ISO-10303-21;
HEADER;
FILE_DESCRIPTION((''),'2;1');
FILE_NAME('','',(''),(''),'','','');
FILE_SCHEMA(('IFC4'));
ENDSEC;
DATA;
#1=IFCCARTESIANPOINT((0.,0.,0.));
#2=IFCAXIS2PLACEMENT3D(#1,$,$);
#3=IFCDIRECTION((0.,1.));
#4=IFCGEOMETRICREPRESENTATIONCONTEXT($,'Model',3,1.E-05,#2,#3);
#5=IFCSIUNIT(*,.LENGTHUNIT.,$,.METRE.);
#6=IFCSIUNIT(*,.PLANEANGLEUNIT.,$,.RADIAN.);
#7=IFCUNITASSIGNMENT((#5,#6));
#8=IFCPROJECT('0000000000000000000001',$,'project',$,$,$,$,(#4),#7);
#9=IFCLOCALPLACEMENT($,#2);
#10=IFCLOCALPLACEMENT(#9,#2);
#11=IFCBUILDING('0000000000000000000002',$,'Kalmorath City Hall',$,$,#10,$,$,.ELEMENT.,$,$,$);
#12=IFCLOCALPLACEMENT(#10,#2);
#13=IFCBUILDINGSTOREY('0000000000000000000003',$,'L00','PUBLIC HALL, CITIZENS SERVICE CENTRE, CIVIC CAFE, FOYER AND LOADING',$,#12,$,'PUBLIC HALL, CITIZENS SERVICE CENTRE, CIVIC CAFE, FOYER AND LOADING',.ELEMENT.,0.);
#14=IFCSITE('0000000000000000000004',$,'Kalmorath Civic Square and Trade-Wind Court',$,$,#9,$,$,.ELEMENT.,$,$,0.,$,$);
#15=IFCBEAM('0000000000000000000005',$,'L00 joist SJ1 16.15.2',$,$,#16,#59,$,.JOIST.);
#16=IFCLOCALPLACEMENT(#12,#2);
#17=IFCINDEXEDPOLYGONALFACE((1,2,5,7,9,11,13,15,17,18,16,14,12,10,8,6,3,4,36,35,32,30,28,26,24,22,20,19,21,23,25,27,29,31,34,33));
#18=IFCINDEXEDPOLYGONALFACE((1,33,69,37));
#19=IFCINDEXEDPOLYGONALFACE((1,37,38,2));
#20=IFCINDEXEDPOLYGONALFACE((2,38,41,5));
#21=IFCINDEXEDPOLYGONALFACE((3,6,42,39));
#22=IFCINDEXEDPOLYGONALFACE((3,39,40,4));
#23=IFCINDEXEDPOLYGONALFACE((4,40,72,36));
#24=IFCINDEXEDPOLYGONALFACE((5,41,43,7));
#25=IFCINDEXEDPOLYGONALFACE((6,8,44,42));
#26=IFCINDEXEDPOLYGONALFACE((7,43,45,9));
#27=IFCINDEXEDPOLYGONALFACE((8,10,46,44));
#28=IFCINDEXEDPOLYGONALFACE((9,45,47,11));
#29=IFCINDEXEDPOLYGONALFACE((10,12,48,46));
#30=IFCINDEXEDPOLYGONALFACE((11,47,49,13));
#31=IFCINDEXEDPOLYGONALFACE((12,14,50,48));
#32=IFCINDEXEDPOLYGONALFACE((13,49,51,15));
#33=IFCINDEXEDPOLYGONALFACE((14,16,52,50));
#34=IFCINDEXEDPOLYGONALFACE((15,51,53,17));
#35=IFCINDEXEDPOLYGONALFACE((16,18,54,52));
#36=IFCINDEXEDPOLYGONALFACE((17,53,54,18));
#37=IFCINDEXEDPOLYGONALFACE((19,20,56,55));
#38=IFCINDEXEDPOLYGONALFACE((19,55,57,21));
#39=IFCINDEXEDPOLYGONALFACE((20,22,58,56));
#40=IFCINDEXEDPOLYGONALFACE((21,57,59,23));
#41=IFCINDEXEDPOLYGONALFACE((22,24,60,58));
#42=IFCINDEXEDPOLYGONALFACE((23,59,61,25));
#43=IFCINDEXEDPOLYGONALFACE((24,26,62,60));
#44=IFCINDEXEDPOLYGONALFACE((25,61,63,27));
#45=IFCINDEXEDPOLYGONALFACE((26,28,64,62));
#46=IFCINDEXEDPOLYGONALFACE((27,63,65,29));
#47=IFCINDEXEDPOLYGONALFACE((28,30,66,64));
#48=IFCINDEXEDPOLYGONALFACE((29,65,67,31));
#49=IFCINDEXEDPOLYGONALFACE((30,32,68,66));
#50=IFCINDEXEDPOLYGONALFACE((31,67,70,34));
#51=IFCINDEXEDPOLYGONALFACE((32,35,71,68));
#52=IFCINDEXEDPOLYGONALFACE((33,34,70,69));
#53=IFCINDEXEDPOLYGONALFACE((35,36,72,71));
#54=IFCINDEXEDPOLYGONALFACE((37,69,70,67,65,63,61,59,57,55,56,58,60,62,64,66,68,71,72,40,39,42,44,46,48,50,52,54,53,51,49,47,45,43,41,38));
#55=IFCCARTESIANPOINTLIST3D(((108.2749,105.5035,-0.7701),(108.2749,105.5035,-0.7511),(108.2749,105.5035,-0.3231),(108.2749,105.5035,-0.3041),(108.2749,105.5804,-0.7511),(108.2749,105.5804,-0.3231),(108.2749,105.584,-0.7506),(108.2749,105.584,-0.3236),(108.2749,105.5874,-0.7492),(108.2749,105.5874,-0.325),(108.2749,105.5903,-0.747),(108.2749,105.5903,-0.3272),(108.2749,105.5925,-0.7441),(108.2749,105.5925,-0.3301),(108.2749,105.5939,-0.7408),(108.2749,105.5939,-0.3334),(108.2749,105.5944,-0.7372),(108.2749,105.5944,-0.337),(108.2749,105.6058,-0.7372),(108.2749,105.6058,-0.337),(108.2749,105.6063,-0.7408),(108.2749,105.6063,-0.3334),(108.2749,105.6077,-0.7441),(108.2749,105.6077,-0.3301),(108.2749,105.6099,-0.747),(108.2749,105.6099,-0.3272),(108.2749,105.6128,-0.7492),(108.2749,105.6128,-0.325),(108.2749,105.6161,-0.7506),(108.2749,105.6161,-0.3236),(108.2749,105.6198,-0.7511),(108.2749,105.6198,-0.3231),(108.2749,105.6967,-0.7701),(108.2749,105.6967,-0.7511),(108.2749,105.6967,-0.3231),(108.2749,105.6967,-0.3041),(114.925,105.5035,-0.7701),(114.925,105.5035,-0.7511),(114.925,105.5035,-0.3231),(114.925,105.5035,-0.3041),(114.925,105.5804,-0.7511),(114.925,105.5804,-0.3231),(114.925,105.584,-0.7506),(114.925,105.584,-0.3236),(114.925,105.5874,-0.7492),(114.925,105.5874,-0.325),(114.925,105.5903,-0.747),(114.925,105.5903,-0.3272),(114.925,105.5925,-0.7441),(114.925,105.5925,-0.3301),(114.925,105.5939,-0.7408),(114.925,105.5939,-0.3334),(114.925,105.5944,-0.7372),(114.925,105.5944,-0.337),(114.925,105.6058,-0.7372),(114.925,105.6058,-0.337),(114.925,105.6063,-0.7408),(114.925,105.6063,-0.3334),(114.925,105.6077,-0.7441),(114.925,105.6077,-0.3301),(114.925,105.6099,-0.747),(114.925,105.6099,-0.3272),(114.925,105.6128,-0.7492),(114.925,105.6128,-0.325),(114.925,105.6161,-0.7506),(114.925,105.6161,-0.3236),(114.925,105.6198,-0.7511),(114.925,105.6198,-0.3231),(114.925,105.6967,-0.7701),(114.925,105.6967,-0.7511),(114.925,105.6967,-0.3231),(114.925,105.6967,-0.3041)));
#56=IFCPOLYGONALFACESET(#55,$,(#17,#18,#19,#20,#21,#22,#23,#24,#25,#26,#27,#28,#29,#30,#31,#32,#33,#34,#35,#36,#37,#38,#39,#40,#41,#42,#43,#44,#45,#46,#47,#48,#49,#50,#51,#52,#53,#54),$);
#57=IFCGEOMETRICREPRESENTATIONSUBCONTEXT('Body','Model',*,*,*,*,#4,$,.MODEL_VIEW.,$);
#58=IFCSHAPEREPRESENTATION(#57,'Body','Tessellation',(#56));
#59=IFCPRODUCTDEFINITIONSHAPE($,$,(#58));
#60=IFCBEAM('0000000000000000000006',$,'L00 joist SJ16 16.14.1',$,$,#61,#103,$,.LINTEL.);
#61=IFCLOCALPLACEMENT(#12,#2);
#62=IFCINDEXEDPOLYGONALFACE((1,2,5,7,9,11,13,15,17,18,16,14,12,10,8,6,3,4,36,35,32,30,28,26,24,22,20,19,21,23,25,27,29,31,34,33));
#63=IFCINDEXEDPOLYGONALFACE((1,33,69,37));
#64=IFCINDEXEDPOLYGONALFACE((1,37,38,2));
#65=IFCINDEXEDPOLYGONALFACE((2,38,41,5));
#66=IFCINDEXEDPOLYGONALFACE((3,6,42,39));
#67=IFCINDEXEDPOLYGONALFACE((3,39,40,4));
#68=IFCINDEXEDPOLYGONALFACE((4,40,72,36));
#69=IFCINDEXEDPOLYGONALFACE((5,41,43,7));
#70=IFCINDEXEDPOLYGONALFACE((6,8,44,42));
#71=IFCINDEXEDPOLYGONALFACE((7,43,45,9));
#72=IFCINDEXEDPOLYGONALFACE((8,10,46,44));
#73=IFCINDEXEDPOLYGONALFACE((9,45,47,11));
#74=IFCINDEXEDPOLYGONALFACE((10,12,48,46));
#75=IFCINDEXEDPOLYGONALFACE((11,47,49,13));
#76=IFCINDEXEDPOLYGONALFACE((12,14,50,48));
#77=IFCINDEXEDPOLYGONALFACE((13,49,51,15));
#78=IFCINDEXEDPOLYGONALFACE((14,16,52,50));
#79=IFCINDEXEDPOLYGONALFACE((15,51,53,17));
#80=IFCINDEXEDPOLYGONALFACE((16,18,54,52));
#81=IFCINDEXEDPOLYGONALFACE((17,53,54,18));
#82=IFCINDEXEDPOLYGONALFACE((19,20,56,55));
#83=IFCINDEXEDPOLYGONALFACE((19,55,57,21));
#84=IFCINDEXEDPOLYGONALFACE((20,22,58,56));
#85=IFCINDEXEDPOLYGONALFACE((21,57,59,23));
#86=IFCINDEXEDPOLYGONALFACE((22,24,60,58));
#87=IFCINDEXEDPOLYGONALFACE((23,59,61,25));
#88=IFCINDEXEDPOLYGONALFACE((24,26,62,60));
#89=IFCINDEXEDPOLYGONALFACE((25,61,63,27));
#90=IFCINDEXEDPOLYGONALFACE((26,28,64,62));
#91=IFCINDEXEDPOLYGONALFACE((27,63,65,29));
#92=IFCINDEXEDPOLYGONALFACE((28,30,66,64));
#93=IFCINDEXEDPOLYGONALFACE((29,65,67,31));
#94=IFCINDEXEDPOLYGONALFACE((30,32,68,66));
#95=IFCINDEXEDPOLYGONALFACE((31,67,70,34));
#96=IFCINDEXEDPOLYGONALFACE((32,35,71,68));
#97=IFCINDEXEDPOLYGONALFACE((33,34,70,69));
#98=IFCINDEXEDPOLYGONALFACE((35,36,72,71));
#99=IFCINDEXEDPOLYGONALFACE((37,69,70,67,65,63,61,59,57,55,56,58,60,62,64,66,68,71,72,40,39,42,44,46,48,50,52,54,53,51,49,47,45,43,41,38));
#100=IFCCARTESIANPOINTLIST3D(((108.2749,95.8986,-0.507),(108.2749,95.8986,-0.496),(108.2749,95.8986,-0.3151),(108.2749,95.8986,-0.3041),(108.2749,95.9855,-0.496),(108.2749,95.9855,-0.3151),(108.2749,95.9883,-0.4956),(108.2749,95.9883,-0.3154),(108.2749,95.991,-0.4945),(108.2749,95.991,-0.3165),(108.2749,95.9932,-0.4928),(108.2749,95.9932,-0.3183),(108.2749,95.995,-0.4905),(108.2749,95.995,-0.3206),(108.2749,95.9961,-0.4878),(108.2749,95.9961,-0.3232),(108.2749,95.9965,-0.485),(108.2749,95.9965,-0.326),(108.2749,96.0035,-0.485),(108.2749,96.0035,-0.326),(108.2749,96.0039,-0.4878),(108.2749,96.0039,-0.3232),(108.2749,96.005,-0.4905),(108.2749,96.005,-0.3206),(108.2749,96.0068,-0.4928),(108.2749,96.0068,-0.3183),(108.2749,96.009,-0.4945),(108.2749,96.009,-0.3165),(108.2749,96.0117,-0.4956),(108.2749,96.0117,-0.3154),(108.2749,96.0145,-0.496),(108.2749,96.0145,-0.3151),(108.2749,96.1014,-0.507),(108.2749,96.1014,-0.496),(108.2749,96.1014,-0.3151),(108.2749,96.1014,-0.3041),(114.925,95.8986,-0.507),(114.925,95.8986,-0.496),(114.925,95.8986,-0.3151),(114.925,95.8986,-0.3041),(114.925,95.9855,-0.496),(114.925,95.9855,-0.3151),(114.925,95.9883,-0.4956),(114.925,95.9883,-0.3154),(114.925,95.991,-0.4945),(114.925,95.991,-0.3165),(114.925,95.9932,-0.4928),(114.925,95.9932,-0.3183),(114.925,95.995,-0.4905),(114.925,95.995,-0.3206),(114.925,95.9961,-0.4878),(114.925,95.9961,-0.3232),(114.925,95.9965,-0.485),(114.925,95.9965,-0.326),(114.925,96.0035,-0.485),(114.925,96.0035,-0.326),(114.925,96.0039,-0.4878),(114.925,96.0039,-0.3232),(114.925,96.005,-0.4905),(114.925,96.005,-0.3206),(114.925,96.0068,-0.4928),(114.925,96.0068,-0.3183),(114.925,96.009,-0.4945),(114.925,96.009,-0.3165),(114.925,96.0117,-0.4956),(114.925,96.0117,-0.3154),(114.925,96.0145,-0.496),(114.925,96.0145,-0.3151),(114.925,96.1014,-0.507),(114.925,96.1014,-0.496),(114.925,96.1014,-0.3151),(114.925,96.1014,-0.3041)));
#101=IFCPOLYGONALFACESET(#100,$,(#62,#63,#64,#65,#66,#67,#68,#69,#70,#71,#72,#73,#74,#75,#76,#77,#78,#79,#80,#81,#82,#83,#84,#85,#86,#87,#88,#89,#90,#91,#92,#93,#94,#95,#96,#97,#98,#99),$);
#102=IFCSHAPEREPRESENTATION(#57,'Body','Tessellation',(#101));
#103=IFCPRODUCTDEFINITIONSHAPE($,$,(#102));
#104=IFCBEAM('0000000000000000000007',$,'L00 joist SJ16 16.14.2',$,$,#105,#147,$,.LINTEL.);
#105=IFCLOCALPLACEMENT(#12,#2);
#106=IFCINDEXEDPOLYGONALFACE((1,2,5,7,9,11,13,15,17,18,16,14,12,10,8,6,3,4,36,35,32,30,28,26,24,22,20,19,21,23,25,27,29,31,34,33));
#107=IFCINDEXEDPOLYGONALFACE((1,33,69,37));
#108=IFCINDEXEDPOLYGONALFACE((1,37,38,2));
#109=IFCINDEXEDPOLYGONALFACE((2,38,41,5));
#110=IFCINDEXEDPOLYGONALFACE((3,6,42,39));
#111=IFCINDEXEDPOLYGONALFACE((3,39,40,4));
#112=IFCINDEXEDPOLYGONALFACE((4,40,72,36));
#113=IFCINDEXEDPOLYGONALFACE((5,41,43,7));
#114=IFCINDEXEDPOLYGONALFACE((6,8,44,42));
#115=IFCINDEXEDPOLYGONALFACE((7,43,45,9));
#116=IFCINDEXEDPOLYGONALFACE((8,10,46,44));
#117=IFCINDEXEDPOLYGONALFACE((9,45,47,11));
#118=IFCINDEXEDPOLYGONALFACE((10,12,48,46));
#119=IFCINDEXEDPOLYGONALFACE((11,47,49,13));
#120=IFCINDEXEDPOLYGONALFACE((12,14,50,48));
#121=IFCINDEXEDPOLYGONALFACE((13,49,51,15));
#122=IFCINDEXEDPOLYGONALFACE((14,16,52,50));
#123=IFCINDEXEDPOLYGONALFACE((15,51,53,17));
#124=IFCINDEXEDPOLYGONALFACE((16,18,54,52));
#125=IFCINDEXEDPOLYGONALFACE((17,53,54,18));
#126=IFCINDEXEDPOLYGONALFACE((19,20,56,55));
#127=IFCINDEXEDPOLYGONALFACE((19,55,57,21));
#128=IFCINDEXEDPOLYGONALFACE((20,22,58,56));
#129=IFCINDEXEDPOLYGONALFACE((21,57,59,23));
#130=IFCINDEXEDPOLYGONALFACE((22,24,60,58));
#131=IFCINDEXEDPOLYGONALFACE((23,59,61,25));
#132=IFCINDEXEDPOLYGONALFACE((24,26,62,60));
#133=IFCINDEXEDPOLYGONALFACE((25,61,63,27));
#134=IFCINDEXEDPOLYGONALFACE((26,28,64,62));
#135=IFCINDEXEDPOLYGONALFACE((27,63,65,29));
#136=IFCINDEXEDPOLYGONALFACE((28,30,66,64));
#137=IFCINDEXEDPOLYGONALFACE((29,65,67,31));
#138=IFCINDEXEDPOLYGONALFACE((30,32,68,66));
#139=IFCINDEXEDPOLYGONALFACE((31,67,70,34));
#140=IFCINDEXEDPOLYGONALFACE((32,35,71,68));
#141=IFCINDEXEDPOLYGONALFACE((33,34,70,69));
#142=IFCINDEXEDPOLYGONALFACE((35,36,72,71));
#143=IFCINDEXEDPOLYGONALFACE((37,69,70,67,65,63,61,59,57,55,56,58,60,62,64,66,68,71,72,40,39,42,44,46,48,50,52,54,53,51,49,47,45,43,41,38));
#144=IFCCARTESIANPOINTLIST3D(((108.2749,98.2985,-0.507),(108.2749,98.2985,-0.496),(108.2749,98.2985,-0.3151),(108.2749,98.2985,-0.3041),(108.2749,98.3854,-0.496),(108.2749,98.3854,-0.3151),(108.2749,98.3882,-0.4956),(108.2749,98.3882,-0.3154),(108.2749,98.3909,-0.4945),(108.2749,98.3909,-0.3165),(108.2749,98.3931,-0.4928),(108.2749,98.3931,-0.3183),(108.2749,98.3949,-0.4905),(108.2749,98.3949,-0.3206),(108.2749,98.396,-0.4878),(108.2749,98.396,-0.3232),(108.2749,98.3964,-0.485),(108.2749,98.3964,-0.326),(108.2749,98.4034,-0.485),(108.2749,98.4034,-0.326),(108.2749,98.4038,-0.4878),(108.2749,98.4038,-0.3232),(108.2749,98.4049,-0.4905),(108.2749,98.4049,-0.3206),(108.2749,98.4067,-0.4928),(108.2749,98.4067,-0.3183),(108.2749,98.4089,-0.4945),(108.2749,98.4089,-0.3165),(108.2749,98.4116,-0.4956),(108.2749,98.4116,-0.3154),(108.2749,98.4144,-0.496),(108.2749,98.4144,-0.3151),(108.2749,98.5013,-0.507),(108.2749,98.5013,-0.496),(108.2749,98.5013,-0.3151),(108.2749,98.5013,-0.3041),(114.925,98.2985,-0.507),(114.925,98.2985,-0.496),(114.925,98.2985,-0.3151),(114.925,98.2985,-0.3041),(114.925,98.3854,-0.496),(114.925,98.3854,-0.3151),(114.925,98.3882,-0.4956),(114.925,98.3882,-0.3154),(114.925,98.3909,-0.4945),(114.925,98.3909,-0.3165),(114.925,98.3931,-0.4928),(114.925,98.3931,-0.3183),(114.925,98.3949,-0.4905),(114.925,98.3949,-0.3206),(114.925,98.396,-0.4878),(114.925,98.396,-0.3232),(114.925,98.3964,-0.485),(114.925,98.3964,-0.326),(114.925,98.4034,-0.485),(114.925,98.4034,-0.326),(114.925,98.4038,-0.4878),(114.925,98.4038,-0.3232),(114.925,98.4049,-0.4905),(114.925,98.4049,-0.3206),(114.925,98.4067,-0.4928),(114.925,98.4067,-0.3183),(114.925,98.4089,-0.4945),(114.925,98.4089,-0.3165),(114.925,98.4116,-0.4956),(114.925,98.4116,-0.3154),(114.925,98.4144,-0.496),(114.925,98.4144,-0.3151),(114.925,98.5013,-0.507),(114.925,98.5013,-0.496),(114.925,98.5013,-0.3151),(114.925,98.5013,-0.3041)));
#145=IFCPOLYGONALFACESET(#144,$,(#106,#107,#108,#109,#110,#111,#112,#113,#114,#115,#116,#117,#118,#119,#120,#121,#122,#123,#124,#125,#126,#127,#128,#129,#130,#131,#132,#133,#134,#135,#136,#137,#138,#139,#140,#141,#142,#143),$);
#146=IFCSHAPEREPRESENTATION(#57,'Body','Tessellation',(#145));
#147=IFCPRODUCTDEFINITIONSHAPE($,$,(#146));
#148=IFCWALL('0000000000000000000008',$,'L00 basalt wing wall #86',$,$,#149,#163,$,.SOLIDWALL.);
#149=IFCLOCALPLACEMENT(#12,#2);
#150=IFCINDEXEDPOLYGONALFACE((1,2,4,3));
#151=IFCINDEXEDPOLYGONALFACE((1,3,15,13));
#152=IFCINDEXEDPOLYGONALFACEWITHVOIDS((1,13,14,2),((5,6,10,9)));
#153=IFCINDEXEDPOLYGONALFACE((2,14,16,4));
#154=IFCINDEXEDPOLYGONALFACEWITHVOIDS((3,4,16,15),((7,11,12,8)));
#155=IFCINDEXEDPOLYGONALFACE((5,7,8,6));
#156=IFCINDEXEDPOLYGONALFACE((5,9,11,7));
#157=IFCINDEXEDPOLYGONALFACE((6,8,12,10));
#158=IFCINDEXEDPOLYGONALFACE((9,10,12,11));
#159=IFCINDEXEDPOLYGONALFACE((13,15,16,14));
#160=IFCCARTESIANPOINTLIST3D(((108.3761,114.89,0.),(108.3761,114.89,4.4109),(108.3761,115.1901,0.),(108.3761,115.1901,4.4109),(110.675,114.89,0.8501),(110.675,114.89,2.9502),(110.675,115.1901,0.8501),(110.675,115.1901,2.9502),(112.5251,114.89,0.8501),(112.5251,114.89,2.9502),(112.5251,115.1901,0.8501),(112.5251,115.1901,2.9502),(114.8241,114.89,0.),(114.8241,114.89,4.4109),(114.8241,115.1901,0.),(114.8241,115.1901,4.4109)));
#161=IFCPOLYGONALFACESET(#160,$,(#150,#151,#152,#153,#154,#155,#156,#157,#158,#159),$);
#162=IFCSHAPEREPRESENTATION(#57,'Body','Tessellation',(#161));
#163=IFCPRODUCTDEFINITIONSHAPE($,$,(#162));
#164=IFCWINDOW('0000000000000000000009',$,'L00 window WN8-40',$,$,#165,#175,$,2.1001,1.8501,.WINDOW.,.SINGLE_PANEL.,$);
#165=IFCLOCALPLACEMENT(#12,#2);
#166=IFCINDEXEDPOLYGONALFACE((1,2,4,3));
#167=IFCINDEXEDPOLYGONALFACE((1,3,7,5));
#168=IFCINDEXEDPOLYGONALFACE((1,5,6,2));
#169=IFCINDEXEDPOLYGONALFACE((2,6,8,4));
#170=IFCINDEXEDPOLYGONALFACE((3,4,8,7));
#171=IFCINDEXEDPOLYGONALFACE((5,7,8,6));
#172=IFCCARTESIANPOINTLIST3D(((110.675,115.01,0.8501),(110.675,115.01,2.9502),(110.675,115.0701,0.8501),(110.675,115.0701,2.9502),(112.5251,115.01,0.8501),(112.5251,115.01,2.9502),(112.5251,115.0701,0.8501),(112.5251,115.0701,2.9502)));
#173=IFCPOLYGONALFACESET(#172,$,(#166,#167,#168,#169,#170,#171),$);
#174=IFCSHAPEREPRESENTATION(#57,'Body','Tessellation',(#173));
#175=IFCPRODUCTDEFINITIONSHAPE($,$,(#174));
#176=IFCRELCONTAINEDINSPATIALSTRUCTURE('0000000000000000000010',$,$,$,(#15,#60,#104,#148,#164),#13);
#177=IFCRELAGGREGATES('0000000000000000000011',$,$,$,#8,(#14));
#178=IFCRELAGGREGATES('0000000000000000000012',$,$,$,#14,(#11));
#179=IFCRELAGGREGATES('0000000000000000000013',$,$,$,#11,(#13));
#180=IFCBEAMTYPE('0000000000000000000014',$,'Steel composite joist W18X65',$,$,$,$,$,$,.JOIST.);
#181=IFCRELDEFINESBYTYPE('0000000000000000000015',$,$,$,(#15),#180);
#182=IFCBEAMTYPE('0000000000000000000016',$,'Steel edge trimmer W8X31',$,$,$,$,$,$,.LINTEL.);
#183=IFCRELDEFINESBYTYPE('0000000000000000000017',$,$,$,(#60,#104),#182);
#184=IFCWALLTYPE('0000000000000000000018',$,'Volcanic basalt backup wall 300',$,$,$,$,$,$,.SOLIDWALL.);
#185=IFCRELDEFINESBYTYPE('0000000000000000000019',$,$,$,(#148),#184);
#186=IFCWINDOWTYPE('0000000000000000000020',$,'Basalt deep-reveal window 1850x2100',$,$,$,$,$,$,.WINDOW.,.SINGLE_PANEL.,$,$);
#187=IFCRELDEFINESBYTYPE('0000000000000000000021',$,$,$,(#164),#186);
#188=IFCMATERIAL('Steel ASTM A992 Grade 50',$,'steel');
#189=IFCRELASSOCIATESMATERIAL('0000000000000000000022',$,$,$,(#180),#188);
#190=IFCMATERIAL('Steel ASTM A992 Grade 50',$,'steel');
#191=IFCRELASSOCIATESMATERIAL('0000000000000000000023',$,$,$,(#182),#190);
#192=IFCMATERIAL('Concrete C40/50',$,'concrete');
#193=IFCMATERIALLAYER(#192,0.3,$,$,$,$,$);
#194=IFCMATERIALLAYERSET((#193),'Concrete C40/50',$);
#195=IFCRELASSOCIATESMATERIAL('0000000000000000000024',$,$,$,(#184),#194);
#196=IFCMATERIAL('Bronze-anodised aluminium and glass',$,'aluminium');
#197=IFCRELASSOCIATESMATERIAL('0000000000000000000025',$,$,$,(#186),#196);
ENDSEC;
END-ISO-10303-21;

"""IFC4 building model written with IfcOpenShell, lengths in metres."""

from ifc_helpers import new_model, si_unit, direction, frame, frame_2d, origin, origin_2d, place, context, subcontext, project, spatial, rectangle, i_section, extrude, material, layer, layer_set, material_profile, profile_set, type_object, element, fill, save


model = new_model("IFC4")

# Units and contexts
model_context = context("Model", 3, precision=1e-05, world=origin(), true_north=direction((0.0, 1.0)))
body_context = subcontext(model_context, "Body", "Model", "MODEL_VIEW")
ifc_project = project(units=[si_unit("LENGTHUNIT", "METRE"), si_unit("PLANEANGLEUNIT", "RADIAN")], contexts=[model_context])

# Site, building, storey
site_placement = place(None, origin())
site = spatial("IfcSite", under=ifc_project, at=site_placement, Name="Kalmorath Civic Square and Trade-Wind Court", CompositionType="ELEMENT", RefElevation=0.0)
building_placement = place(site_placement, origin())
building = spatial("IfcBuilding", under=site, at=building_placement, Name="Kalmorath City Hall", CompositionType="ELEMENT")
storey_placement = place(building_placement, origin())
storey = spatial("IfcBuildingStorey", under=building, at=storey_placement, Name="L00", Description="PUBLIC HALL, CITIZENS SERVICE CENTRE, CIVIC CAFE, FOYER AND LOADING", LongName="PUBLIC HALL, CITIZENS SERVICE CENTRE, CIVIC CAFE, FOYER AND LOADING", CompositionType="ELEMENT", Elevation=0.0)

# Beams
ifc_material_1 = material(Name="Steel ASTM A992 Grade 50", Category="steel")
ifc_material_profile_1 = material_profile(ifc_material_1, i_section(OverallWidth=0.1931, OverallDepth=0.4661, WebThickness=0.0115, FlangeThickness=0.019, FilletRadius=0.0139, at=origin_2d()), Name="W18X65")
ifc_profile_set_1 = profile_set([ifc_material_profile_1], Name="Steel ASTM A992 Grade 50")
beam_type_1 = type_object("IfcBeamType", Name="Steel composite joist W18X65", PredefinedType="JOIST", material=ifc_profile_set_1)
for number, where, z_axis, x_axis, name in (
    (1, (108.2749, 105.6001, -0.5371), (1.0, 0.0, 0.0), (0.0, 1.0, 0.0), "L00 joist SJ1 16.15.2"),
):
    element("IfcBeam", number, at=place(storey_placement, frame(where, z_axis=z_axis, x_axis=x_axis)), inside=storey, type_object=beam_type_1, Name=name, PredefinedType="JOIST", context=body_context, shape_type="SweptSolid", body=[
        extrude(i_section(OverallWidth=0.1931, OverallDepth=0.4661, WebThickness=0.0115, FlangeThickness=0.019, FilletRadius=0.0139, at=origin_2d()), origin(), (0.0, 0.0, 1.0), 6.6501),
    ])
ifc_material_2 = material(Name="Steel ASTM A992 Grade 50", Category="steel")
ifc_material_profile_2 = material_profile(ifc_material_2, i_section(OverallWidth=0.2029, OverallDepth=0.2029, WebThickness=0.0071, FlangeThickness=0.011, FilletRadius=0.011, at=origin_2d()), Name="W8X31")
ifc_profile_set_2 = profile_set([ifc_material_profile_2], Name="Steel ASTM A992 Grade 50")
beam_type_2 = type_object("IfcBeamType", Name="Steel edge trimmer W8X31", PredefinedType="LINTEL", material=ifc_profile_set_2)
for number, where, z_axis, x_axis, name in (
    (2, (108.2749, 96.0, -0.4055), (1.0, 0.0, 0.0), (0.0, 1.0, 0.0), "L00 joist SJ16 16.14.1"),
    (3, (108.2749, 98.3999, -0.4055), (1.0, 0.0, 0.0), (0.0, 1.0, 0.0), "L00 joist SJ16 16.14.2"),
):
    element("IfcBeam", number, at=place(storey_placement, frame(where, z_axis=z_axis, x_axis=x_axis)), inside=storey, type_object=beam_type_2, Name=name, PredefinedType="LINTEL", context=body_context, shape_type="SweptSolid", body=[
        extrude(i_section(OverallWidth=0.2029, OverallDepth=0.2029, WebThickness=0.0071, FlangeThickness=0.011, FilletRadius=0.011, at=origin_2d()), origin(), (0.0, 0.0, 1.0), 6.6501),
    ])

# Wall, opening, window
ifc_material_3 = material(Name="Concrete C40/50", Category="concrete")
ifc_layer_1 = layer(ifc_material_3, 0.3)
ifc_layer_set_1 = layer_set([ifc_layer_1], Name="Concrete C40/50")
wall_type = type_object("IfcWallType", Name="Volcanic basalt backup wall 300", PredefinedType="SOLIDWALL", material=ifc_layer_set_1)
wall_placement = place(storey_placement, frame((108.376, 115.04, 0.0), z_axis=(0.0, 0.0, 1.0), x_axis=(1.0, 0.0, 0.0)))
wall = element("IfcWall", 4, at=wall_placement, inside=storey, type_object=wall_type, Name="L00 basalt wing wall #86", PredefinedType="SOLIDWALL", context=body_context, shape_type="SweptSolid", body=[
    extrude(rectangle(XDim=6.448, YDim=0.3, at=frame_2d((3.2241, 0.0))), origin(), (0.0, 0.0, 1.0), 4.4109),
])
opening_placement = place(wall_placement, frame((2.2991, 0.0, 0.8501)))
opening = element("IfcOpeningElement", 5, at=opening_placement, cuts=wall, PredefinedType="OPENING", context=body_context, shape_type="SweptSolid", body=[
    extrude(rectangle(XDim=1.8501, YDim=2.1001, at=frame_2d((0.925, 1.05))), frame((0.0, 0.1599, 0.0), z_axis=(0.0, -1.0, 0.0), x_axis=(1.0, 0.0, 0.0)), (0.0, 0.0, 1.0), 0.3201),
])
ifc_material_4 = material(Name="Bronze-anodised aluminium and glass", Category="aluminium")
window_type = type_object("IfcWindowType", Name="Basalt deep-reveal window 1850x2100", PartitioningType="SINGLE_PANEL", PredefinedType="WINDOW", material=ifc_material_4)
window_placement = place(opening_placement, origin())
window = element("IfcWindow", 6, at=window_placement, inside=storey, type_object=window_type, Name="L00 window WN8-40", OverallHeight=2.1001, OverallWidth=1.8501, PartitioningType="SINGLE_PANEL", PredefinedType="WINDOW", context=body_context, shape_type="SweptSolid", body=[
    extrude(rectangle(XDim=1.8501, YDim=2.1001, at=frame_2d((0.925, 1.05))), frame((0.0, 0.03, 0.0), z_axis=(0.0, -1.0, 0.0), x_axis=(1.0, 0.0, 0.0)), (0.0, 0.0, 1.0), 0.0601),
])
fill(opening, window)

save(model, "model.ifc")
